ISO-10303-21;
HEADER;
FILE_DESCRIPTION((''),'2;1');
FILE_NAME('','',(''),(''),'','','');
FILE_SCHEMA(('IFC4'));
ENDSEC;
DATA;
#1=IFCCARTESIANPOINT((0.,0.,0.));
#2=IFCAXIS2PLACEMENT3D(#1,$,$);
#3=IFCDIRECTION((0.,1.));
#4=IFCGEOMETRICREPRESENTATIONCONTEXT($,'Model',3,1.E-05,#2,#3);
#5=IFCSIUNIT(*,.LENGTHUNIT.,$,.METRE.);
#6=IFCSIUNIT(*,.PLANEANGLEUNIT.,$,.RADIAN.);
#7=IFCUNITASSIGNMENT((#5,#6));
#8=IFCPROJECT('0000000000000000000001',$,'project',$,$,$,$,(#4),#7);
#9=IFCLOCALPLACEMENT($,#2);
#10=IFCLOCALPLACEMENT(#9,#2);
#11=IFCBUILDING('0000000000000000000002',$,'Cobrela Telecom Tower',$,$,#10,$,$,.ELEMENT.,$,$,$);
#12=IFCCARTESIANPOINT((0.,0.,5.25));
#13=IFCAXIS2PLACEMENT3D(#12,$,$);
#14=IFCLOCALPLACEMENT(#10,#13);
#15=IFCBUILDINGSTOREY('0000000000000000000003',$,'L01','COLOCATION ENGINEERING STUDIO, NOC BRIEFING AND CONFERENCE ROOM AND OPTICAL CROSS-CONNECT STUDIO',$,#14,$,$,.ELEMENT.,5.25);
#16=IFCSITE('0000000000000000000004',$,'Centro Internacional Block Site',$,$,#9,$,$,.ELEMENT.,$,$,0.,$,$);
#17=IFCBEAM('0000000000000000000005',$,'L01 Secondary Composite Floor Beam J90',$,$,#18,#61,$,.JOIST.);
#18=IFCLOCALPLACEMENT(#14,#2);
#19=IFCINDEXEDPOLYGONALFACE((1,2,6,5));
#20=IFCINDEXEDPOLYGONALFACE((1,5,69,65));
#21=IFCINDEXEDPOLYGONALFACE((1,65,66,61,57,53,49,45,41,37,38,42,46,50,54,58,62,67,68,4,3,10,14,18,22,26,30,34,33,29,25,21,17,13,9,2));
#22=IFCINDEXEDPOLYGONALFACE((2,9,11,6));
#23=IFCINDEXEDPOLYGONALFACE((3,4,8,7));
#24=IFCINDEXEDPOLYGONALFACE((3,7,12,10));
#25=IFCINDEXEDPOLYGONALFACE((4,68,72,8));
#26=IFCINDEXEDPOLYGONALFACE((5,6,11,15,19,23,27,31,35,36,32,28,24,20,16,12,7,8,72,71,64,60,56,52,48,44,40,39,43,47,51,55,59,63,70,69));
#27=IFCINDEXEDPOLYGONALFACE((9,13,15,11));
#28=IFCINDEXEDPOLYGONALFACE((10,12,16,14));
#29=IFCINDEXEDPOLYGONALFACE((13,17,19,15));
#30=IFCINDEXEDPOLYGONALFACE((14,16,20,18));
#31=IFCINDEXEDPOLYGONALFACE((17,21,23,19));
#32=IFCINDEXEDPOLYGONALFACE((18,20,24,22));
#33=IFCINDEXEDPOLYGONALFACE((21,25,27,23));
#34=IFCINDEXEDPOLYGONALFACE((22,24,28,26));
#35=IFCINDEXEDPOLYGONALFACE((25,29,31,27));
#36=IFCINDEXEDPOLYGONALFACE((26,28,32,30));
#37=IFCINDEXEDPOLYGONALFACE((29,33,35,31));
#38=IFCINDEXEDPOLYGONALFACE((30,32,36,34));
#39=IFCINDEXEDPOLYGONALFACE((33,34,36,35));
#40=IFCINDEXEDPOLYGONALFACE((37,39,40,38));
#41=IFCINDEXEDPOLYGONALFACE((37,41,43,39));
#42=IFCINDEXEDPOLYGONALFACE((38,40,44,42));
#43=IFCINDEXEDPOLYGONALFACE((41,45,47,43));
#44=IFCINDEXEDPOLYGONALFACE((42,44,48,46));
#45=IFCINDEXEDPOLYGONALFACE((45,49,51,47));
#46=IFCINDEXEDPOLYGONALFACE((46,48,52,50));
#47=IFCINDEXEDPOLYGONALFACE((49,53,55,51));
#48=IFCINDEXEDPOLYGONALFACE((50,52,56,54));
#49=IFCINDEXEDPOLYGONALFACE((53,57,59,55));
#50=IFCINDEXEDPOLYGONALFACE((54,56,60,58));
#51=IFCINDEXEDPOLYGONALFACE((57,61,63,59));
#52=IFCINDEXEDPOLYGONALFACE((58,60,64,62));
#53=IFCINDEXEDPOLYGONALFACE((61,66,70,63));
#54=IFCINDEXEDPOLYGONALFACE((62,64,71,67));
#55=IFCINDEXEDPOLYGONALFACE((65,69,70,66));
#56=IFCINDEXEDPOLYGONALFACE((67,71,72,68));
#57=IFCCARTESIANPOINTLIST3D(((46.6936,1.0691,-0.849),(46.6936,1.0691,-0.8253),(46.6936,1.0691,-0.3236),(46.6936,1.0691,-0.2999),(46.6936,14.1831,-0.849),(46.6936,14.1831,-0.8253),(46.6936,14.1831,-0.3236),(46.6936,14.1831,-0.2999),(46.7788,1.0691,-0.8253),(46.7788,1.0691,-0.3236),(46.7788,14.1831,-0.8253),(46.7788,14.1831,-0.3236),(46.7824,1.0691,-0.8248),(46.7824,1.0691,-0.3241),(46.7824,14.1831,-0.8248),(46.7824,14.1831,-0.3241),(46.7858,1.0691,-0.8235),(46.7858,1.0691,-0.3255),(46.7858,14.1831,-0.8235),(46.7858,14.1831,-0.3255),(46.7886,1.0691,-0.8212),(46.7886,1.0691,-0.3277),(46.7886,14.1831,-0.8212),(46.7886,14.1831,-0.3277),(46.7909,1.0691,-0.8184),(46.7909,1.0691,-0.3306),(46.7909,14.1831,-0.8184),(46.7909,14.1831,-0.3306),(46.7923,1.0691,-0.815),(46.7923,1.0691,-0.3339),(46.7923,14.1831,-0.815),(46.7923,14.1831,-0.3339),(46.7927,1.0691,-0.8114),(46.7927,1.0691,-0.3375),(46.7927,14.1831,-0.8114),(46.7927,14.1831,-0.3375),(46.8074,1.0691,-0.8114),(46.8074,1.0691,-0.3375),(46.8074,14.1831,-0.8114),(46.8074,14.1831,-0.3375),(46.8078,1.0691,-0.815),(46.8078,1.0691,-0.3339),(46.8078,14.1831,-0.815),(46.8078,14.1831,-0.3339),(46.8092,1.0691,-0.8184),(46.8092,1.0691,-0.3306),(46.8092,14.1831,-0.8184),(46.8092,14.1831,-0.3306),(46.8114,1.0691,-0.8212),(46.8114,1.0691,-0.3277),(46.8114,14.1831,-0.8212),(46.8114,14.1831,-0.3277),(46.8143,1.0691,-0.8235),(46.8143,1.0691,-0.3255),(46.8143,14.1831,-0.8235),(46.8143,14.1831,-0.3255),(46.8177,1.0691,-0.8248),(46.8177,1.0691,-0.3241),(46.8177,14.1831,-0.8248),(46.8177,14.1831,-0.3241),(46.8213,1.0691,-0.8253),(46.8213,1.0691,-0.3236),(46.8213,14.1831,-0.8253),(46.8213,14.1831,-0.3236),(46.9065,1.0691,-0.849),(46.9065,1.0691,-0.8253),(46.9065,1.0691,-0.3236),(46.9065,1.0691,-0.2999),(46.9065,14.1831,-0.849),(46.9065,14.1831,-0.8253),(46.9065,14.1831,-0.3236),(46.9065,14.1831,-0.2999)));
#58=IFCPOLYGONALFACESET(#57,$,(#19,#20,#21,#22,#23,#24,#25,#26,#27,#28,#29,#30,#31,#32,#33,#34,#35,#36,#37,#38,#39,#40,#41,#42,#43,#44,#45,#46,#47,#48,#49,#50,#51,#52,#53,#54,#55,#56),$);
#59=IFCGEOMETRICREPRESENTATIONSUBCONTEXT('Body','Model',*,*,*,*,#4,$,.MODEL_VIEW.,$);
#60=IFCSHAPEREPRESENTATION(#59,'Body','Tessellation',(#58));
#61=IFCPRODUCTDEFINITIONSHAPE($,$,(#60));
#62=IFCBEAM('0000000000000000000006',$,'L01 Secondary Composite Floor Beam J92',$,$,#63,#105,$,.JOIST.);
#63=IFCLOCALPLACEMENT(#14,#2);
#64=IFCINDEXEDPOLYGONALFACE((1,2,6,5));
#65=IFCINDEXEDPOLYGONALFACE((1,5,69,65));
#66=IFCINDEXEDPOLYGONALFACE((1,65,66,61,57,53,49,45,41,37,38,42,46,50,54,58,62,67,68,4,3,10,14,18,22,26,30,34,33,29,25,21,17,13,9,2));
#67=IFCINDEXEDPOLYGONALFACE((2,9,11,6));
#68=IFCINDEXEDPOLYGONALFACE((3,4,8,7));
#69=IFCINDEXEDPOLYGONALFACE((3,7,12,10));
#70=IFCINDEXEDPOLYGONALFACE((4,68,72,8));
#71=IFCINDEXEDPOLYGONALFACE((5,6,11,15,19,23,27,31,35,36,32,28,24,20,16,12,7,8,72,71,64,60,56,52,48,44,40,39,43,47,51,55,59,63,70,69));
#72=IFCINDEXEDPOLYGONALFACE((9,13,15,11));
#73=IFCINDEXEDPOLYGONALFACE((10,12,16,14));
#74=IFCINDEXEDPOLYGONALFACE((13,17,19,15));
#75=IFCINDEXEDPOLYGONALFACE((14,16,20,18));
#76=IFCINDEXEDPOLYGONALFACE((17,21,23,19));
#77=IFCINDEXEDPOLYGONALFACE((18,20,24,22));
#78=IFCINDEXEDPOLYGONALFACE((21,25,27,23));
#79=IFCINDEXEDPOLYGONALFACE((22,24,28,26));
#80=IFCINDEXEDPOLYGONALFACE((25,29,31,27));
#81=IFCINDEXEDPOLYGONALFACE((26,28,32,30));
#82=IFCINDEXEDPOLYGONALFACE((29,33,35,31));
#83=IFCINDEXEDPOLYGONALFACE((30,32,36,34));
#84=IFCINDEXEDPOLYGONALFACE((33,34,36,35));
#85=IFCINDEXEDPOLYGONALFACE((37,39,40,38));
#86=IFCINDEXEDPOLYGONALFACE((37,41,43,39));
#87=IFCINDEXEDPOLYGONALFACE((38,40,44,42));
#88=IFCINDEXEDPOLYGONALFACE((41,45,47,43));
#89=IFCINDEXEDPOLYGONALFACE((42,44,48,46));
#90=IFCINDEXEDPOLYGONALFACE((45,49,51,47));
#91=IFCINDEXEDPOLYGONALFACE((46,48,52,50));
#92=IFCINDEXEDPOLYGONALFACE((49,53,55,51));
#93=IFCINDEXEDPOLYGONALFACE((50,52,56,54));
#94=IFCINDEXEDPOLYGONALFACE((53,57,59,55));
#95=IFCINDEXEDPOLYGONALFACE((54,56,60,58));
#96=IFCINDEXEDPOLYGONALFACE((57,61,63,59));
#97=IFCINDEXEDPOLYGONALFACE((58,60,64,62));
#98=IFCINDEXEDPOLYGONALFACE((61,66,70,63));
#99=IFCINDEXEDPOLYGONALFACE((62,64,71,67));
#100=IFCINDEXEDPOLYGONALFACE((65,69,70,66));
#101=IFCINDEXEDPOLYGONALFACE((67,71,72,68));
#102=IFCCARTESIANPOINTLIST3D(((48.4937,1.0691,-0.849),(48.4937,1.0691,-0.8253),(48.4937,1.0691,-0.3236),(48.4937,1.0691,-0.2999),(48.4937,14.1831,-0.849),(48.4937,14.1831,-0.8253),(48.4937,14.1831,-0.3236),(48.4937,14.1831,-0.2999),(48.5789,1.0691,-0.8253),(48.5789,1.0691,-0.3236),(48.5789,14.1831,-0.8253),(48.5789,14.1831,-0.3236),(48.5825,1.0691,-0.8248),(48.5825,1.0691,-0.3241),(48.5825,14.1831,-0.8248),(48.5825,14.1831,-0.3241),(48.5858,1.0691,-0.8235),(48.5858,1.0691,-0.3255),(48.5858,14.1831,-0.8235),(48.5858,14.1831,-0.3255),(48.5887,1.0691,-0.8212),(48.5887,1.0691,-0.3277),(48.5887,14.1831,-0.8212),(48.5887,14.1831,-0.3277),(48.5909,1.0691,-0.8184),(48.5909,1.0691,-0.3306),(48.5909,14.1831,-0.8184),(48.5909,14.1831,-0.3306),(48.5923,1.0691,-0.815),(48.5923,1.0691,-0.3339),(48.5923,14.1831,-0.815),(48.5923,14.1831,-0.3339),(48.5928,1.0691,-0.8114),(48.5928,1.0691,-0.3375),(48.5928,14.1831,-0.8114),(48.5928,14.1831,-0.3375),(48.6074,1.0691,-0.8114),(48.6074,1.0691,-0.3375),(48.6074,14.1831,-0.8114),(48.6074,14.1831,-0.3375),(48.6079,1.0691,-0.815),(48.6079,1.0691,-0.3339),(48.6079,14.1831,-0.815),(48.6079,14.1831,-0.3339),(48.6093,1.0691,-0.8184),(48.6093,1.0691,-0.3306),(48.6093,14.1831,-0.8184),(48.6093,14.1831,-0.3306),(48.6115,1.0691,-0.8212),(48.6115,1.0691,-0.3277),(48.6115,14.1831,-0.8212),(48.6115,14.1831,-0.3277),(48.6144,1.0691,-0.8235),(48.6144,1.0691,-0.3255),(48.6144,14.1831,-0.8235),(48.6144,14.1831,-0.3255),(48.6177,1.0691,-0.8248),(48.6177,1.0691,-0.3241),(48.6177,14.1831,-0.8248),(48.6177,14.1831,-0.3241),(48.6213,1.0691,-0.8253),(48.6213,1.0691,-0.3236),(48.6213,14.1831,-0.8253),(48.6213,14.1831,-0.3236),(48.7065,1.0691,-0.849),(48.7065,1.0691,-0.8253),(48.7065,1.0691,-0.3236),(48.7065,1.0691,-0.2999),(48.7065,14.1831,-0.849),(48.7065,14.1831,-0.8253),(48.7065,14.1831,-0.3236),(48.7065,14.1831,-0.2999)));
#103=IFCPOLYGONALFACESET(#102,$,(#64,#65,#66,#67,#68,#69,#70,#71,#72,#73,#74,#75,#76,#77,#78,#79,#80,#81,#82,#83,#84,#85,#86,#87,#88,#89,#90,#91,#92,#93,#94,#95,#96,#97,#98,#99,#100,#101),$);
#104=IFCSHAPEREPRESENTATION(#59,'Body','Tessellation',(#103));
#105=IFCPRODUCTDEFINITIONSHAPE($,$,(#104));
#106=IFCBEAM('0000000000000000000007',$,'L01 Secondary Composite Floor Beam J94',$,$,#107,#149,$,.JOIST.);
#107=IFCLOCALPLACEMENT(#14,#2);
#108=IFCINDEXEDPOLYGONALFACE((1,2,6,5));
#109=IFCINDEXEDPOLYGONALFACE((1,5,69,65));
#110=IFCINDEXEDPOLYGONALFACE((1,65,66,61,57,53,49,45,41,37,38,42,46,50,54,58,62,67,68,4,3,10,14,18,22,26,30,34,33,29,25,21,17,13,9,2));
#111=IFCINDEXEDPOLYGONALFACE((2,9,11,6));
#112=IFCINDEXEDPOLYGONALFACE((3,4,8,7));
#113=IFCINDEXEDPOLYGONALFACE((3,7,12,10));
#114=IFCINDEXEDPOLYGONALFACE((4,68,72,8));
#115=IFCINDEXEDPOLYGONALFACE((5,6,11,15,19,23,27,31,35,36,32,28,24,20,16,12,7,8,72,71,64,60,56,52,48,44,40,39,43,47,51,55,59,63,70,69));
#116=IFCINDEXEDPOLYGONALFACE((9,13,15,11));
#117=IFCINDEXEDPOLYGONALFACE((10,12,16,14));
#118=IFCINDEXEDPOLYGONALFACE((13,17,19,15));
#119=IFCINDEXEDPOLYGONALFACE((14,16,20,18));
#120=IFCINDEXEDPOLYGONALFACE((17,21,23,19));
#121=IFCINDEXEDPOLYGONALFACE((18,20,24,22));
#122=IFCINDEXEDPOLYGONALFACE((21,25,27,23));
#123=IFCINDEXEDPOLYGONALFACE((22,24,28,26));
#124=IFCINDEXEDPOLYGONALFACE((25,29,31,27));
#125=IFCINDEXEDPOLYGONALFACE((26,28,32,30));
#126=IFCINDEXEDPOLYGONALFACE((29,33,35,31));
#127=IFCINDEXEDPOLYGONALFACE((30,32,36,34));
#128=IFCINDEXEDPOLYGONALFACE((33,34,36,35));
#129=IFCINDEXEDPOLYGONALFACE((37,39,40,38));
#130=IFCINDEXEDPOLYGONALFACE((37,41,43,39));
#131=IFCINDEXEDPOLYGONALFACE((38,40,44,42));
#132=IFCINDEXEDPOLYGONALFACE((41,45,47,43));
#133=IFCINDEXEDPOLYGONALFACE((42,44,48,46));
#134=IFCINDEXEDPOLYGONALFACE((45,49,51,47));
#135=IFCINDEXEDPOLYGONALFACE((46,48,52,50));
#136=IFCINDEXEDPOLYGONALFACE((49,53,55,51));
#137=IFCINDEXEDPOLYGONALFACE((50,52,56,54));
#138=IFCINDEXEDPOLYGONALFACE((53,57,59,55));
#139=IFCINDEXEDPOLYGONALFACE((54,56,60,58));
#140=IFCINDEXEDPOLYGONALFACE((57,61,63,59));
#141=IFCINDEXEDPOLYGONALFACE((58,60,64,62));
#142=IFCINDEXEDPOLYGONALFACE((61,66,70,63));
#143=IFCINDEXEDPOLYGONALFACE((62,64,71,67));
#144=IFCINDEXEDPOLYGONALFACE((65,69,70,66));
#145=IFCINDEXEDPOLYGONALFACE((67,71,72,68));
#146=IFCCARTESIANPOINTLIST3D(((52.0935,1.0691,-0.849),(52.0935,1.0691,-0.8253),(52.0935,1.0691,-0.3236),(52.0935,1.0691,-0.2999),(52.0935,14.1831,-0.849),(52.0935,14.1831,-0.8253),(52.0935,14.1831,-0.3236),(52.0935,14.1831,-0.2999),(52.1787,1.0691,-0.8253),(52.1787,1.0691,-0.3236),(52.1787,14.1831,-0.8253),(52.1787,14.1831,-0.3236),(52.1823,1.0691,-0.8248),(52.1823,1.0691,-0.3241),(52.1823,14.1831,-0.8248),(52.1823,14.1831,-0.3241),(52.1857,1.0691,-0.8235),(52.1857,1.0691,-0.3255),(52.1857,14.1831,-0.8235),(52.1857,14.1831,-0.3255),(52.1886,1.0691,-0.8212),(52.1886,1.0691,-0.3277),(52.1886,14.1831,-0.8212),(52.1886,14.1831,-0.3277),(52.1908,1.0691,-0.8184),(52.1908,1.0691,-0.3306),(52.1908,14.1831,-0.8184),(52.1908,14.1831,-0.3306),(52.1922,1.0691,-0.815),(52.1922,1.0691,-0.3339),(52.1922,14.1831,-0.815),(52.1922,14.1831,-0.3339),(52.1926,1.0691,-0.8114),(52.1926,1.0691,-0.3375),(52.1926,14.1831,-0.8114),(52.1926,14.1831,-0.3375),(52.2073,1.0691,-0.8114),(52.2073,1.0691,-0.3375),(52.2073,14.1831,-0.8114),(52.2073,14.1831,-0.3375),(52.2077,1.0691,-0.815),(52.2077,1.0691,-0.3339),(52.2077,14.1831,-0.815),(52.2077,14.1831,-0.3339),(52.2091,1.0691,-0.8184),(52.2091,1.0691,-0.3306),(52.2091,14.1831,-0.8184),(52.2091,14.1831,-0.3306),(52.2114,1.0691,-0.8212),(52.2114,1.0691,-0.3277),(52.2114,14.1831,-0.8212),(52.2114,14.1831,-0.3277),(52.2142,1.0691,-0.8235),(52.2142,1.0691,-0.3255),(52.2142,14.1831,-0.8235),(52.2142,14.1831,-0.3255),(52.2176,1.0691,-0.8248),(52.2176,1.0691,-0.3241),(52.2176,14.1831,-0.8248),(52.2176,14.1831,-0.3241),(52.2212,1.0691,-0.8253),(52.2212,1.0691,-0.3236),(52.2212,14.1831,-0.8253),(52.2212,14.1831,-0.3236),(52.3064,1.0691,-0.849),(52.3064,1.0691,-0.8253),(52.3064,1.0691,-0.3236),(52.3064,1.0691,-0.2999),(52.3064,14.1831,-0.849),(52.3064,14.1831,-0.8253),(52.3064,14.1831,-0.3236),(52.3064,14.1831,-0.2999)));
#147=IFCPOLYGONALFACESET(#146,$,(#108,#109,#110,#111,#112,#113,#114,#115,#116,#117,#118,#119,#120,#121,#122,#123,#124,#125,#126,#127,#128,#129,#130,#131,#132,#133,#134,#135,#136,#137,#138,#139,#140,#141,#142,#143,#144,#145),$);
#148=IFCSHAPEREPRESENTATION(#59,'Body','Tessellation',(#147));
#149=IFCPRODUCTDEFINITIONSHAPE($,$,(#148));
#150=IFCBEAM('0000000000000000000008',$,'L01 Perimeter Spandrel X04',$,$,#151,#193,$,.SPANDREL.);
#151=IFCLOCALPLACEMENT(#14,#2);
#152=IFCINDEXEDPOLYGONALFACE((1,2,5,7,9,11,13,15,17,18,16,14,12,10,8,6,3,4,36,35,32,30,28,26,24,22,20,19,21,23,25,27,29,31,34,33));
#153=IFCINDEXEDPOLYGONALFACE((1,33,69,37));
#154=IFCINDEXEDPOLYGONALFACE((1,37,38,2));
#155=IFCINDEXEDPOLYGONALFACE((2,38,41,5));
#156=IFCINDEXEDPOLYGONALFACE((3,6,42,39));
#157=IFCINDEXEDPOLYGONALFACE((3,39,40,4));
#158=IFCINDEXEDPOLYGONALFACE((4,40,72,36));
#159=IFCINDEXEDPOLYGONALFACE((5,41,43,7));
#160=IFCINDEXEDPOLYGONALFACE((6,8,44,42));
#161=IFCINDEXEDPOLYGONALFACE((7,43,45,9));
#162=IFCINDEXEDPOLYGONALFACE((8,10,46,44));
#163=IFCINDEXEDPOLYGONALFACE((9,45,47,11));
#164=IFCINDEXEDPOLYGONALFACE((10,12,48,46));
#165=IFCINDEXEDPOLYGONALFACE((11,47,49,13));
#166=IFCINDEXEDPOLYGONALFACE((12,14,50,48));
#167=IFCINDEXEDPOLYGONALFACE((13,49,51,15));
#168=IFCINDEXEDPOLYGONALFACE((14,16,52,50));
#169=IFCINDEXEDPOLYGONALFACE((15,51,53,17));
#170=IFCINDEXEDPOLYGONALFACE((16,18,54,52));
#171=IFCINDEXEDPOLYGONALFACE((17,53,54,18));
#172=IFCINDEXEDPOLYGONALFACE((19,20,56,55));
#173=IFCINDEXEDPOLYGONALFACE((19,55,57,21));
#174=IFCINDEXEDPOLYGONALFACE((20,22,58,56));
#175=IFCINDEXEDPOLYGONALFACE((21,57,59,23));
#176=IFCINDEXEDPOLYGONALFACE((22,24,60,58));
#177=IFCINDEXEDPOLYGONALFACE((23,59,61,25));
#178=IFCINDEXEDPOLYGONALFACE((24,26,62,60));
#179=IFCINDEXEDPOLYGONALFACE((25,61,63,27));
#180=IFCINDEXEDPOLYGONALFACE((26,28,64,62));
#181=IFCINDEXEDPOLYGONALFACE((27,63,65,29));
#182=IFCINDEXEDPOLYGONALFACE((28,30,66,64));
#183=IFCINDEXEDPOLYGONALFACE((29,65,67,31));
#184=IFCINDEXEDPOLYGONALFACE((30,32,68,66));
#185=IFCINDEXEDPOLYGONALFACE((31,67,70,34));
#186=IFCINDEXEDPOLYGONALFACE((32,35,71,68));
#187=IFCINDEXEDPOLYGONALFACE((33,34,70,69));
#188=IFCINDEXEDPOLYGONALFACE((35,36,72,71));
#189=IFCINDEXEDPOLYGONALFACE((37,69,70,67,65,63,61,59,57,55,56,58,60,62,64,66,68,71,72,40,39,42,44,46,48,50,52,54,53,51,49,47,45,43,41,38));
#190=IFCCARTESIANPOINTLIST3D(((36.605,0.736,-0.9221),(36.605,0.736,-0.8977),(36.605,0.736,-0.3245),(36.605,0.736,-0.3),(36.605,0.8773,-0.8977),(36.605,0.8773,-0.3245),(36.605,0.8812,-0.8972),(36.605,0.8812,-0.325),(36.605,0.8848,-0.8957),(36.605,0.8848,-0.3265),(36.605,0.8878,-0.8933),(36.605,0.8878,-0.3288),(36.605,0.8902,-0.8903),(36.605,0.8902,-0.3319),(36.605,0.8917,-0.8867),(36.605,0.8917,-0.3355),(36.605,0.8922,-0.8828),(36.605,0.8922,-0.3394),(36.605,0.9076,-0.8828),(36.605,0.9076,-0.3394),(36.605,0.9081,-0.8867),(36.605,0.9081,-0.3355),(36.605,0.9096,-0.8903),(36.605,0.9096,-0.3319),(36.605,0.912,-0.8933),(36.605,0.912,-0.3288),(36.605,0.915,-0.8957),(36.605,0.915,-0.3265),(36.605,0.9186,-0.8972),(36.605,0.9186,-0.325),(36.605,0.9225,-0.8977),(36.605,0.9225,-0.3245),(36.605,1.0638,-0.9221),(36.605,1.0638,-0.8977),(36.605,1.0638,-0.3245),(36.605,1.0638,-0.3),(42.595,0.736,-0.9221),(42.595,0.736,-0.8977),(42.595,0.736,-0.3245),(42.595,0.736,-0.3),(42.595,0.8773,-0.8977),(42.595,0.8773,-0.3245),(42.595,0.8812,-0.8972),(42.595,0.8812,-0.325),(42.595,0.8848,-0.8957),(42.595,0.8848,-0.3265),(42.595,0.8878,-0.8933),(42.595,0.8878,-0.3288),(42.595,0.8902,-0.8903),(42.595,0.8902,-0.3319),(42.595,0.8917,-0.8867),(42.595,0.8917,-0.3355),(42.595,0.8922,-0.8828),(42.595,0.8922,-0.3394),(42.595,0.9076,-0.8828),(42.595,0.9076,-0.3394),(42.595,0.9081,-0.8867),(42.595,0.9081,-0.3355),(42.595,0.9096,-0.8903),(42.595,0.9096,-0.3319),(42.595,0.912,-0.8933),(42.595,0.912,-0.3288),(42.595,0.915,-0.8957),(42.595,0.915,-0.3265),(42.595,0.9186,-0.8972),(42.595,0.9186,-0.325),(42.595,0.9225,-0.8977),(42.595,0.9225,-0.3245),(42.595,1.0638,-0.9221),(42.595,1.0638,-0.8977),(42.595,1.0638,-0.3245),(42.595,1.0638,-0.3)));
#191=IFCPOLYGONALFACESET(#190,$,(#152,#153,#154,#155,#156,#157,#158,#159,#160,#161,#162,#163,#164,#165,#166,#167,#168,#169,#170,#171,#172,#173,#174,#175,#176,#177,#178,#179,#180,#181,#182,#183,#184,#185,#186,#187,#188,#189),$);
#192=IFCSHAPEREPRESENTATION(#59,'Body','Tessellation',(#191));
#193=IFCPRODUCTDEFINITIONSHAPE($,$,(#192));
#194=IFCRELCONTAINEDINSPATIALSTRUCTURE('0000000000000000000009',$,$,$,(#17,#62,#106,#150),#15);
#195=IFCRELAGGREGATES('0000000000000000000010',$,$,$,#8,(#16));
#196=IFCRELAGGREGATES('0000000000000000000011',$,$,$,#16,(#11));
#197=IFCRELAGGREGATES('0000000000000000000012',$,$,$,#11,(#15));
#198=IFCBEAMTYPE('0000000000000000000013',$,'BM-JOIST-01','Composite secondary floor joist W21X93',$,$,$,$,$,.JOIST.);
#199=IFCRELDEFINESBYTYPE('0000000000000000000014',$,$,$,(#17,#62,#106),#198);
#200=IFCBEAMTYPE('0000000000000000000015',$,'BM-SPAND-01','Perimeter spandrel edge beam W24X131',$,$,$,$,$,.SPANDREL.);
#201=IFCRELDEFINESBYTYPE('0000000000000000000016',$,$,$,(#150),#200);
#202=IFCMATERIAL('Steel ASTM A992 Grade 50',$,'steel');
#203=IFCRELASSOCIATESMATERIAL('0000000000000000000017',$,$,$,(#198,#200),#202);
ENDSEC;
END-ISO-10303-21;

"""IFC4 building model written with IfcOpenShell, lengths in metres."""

from ifc_helpers import new_model, si_unit, direction, frame, origin, origin_2d, place, context, subcontext, project, spatial, i_section, extrude, material, material_profile, profile_set, type_object, element, save


model = new_model("IFC4")

# Units and contexts
model_context = context("Model", 3, precision=1e-05, world=origin(), true_north=direction((0.0, 1.0)))
body_context = subcontext(model_context, "Body", "Model", "MODEL_VIEW")
ifc_project = project(units=[si_unit("LENGTHUNIT", "METRE"), si_unit("PLANEANGLEUNIT", "RADIAN")], contexts=[model_context])

# Site, building, storey
site_placement = place(None, origin())
site = spatial("IfcSite", under=ifc_project, at=site_placement, Name="Centro Internacional Block Site", CompositionType="ELEMENT", RefElevation=0.0)
building_placement = place(site_placement, origin())
building = spatial("IfcBuilding", under=site, at=building_placement, Name="Cobrela Telecom Tower", CompositionType="ELEMENT")
storey_placement = place(building_placement, frame((0.0, 0.0, 5.25)))
storey = spatial("IfcBuildingStorey", under=building, at=storey_placement, Name="L01", Description="COLOCATION ENGINEERING STUDIO, NOC BRIEFING AND CONFERENCE ROOM AND OPTICAL CROSS-CONNECT STUDIO", CompositionType="ELEMENT", Elevation=5.25)

# Beams
ifc_material_1 = material(Name="Steel ASTM A992 Grade 50", Category="steel")
ifc_material_profile_1 = material_profile(ifc_material_1, i_section(OverallWidth=0.2129, OverallDepth=0.5491, WebThickness=0.0146, FlangeThickness=0.0237, FilletRadius=0.0139, at=origin_2d()), Name="W21X93")
ifc_profile_set_1 = profile_set([ifc_material_profile_1], Name="Steel ASTM A992 Grade 50")
beam_type_1 = type_object("IfcBeamType", Name="BM-JOIST-01", Description="Composite secondary floor joist W21X93", PredefinedType="JOIST", material=ifc_profile_set_1)
for number, where, z_axis, x_axis, name in (
    (1, (46.8, 1.0691, -0.5745), (0.0, 1.0, 0.0), (-1.0, 0.0, 0.0), "L01 Secondary Composite Floor Beam J90"),
    (2, (48.6001, 1.0691, -0.5745), (0.0, 1.0, 0.0), (-1.0, 0.0, 0.0), "L01 Secondary Composite Floor Beam J92"),
    (3, (52.2, 1.0691, -0.5745), (0.0, 1.0, 0.0), (-1.0, 0.0, 0.0), "L01 Secondary Composite Floor Beam J94"),
):
    element("IfcBeam", number, at=place(storey_placement, frame(where, z_axis=z_axis, x_axis=x_axis)), inside=storey, type_object=beam_type_1, Name=name, PredefinedType="JOIST", context=body_context, shape_type="SweptSolid", body=[
        extrude(i_section(OverallWidth=0.2129, OverallDepth=0.5491, WebThickness=0.0146, FlangeThickness=0.0237, FilletRadius=0.0139, at=origin_2d()), origin(), (0.0, 0.0, 1.0), 13.114),
    ])
ifc_material_profile_2 = material_profile(ifc_material_1, i_section(OverallWidth=0.3279, OverallDepth=0.6221, WebThickness=0.0154, FlangeThickness=0.0244, FilletRadius=0.0149, at=origin_2d()), Name="W24X131")
ifc_profile_set_2 = profile_set([ifc_material_profile_2], Name="Steel ASTM A992 Grade 50")
beam_type_2 = type_object("IfcBeamType", Name="BM-SPAND-01", Description="Perimeter spandrel edge beam W24X131", PredefinedType="SPANDREL", material=ifc_profile_set_2)
beam_1_placement = place(storey_placement, frame((36.605, 0.8999, -0.6111), z_axis=(1.0, 0.0, 0.0), x_axis=(0.0, 1.0, 0.0)))
element("IfcBeam", 4, at=beam_1_placement, inside=storey, type_object=beam_type_2, Name="L01 Perimeter Spandrel X04", PredefinedType="SPANDREL", context=body_context, shape_type="SweptSolid", body=[
    extrude(i_section(OverallWidth=0.3279, OverallDepth=0.6221, WebThickness=0.0154, FlangeThickness=0.0244, FilletRadius=0.0149, at=origin_2d()), origin(), (0.0, 0.0, 1.0), 5.99),
])

save(model, "model.ifc")
